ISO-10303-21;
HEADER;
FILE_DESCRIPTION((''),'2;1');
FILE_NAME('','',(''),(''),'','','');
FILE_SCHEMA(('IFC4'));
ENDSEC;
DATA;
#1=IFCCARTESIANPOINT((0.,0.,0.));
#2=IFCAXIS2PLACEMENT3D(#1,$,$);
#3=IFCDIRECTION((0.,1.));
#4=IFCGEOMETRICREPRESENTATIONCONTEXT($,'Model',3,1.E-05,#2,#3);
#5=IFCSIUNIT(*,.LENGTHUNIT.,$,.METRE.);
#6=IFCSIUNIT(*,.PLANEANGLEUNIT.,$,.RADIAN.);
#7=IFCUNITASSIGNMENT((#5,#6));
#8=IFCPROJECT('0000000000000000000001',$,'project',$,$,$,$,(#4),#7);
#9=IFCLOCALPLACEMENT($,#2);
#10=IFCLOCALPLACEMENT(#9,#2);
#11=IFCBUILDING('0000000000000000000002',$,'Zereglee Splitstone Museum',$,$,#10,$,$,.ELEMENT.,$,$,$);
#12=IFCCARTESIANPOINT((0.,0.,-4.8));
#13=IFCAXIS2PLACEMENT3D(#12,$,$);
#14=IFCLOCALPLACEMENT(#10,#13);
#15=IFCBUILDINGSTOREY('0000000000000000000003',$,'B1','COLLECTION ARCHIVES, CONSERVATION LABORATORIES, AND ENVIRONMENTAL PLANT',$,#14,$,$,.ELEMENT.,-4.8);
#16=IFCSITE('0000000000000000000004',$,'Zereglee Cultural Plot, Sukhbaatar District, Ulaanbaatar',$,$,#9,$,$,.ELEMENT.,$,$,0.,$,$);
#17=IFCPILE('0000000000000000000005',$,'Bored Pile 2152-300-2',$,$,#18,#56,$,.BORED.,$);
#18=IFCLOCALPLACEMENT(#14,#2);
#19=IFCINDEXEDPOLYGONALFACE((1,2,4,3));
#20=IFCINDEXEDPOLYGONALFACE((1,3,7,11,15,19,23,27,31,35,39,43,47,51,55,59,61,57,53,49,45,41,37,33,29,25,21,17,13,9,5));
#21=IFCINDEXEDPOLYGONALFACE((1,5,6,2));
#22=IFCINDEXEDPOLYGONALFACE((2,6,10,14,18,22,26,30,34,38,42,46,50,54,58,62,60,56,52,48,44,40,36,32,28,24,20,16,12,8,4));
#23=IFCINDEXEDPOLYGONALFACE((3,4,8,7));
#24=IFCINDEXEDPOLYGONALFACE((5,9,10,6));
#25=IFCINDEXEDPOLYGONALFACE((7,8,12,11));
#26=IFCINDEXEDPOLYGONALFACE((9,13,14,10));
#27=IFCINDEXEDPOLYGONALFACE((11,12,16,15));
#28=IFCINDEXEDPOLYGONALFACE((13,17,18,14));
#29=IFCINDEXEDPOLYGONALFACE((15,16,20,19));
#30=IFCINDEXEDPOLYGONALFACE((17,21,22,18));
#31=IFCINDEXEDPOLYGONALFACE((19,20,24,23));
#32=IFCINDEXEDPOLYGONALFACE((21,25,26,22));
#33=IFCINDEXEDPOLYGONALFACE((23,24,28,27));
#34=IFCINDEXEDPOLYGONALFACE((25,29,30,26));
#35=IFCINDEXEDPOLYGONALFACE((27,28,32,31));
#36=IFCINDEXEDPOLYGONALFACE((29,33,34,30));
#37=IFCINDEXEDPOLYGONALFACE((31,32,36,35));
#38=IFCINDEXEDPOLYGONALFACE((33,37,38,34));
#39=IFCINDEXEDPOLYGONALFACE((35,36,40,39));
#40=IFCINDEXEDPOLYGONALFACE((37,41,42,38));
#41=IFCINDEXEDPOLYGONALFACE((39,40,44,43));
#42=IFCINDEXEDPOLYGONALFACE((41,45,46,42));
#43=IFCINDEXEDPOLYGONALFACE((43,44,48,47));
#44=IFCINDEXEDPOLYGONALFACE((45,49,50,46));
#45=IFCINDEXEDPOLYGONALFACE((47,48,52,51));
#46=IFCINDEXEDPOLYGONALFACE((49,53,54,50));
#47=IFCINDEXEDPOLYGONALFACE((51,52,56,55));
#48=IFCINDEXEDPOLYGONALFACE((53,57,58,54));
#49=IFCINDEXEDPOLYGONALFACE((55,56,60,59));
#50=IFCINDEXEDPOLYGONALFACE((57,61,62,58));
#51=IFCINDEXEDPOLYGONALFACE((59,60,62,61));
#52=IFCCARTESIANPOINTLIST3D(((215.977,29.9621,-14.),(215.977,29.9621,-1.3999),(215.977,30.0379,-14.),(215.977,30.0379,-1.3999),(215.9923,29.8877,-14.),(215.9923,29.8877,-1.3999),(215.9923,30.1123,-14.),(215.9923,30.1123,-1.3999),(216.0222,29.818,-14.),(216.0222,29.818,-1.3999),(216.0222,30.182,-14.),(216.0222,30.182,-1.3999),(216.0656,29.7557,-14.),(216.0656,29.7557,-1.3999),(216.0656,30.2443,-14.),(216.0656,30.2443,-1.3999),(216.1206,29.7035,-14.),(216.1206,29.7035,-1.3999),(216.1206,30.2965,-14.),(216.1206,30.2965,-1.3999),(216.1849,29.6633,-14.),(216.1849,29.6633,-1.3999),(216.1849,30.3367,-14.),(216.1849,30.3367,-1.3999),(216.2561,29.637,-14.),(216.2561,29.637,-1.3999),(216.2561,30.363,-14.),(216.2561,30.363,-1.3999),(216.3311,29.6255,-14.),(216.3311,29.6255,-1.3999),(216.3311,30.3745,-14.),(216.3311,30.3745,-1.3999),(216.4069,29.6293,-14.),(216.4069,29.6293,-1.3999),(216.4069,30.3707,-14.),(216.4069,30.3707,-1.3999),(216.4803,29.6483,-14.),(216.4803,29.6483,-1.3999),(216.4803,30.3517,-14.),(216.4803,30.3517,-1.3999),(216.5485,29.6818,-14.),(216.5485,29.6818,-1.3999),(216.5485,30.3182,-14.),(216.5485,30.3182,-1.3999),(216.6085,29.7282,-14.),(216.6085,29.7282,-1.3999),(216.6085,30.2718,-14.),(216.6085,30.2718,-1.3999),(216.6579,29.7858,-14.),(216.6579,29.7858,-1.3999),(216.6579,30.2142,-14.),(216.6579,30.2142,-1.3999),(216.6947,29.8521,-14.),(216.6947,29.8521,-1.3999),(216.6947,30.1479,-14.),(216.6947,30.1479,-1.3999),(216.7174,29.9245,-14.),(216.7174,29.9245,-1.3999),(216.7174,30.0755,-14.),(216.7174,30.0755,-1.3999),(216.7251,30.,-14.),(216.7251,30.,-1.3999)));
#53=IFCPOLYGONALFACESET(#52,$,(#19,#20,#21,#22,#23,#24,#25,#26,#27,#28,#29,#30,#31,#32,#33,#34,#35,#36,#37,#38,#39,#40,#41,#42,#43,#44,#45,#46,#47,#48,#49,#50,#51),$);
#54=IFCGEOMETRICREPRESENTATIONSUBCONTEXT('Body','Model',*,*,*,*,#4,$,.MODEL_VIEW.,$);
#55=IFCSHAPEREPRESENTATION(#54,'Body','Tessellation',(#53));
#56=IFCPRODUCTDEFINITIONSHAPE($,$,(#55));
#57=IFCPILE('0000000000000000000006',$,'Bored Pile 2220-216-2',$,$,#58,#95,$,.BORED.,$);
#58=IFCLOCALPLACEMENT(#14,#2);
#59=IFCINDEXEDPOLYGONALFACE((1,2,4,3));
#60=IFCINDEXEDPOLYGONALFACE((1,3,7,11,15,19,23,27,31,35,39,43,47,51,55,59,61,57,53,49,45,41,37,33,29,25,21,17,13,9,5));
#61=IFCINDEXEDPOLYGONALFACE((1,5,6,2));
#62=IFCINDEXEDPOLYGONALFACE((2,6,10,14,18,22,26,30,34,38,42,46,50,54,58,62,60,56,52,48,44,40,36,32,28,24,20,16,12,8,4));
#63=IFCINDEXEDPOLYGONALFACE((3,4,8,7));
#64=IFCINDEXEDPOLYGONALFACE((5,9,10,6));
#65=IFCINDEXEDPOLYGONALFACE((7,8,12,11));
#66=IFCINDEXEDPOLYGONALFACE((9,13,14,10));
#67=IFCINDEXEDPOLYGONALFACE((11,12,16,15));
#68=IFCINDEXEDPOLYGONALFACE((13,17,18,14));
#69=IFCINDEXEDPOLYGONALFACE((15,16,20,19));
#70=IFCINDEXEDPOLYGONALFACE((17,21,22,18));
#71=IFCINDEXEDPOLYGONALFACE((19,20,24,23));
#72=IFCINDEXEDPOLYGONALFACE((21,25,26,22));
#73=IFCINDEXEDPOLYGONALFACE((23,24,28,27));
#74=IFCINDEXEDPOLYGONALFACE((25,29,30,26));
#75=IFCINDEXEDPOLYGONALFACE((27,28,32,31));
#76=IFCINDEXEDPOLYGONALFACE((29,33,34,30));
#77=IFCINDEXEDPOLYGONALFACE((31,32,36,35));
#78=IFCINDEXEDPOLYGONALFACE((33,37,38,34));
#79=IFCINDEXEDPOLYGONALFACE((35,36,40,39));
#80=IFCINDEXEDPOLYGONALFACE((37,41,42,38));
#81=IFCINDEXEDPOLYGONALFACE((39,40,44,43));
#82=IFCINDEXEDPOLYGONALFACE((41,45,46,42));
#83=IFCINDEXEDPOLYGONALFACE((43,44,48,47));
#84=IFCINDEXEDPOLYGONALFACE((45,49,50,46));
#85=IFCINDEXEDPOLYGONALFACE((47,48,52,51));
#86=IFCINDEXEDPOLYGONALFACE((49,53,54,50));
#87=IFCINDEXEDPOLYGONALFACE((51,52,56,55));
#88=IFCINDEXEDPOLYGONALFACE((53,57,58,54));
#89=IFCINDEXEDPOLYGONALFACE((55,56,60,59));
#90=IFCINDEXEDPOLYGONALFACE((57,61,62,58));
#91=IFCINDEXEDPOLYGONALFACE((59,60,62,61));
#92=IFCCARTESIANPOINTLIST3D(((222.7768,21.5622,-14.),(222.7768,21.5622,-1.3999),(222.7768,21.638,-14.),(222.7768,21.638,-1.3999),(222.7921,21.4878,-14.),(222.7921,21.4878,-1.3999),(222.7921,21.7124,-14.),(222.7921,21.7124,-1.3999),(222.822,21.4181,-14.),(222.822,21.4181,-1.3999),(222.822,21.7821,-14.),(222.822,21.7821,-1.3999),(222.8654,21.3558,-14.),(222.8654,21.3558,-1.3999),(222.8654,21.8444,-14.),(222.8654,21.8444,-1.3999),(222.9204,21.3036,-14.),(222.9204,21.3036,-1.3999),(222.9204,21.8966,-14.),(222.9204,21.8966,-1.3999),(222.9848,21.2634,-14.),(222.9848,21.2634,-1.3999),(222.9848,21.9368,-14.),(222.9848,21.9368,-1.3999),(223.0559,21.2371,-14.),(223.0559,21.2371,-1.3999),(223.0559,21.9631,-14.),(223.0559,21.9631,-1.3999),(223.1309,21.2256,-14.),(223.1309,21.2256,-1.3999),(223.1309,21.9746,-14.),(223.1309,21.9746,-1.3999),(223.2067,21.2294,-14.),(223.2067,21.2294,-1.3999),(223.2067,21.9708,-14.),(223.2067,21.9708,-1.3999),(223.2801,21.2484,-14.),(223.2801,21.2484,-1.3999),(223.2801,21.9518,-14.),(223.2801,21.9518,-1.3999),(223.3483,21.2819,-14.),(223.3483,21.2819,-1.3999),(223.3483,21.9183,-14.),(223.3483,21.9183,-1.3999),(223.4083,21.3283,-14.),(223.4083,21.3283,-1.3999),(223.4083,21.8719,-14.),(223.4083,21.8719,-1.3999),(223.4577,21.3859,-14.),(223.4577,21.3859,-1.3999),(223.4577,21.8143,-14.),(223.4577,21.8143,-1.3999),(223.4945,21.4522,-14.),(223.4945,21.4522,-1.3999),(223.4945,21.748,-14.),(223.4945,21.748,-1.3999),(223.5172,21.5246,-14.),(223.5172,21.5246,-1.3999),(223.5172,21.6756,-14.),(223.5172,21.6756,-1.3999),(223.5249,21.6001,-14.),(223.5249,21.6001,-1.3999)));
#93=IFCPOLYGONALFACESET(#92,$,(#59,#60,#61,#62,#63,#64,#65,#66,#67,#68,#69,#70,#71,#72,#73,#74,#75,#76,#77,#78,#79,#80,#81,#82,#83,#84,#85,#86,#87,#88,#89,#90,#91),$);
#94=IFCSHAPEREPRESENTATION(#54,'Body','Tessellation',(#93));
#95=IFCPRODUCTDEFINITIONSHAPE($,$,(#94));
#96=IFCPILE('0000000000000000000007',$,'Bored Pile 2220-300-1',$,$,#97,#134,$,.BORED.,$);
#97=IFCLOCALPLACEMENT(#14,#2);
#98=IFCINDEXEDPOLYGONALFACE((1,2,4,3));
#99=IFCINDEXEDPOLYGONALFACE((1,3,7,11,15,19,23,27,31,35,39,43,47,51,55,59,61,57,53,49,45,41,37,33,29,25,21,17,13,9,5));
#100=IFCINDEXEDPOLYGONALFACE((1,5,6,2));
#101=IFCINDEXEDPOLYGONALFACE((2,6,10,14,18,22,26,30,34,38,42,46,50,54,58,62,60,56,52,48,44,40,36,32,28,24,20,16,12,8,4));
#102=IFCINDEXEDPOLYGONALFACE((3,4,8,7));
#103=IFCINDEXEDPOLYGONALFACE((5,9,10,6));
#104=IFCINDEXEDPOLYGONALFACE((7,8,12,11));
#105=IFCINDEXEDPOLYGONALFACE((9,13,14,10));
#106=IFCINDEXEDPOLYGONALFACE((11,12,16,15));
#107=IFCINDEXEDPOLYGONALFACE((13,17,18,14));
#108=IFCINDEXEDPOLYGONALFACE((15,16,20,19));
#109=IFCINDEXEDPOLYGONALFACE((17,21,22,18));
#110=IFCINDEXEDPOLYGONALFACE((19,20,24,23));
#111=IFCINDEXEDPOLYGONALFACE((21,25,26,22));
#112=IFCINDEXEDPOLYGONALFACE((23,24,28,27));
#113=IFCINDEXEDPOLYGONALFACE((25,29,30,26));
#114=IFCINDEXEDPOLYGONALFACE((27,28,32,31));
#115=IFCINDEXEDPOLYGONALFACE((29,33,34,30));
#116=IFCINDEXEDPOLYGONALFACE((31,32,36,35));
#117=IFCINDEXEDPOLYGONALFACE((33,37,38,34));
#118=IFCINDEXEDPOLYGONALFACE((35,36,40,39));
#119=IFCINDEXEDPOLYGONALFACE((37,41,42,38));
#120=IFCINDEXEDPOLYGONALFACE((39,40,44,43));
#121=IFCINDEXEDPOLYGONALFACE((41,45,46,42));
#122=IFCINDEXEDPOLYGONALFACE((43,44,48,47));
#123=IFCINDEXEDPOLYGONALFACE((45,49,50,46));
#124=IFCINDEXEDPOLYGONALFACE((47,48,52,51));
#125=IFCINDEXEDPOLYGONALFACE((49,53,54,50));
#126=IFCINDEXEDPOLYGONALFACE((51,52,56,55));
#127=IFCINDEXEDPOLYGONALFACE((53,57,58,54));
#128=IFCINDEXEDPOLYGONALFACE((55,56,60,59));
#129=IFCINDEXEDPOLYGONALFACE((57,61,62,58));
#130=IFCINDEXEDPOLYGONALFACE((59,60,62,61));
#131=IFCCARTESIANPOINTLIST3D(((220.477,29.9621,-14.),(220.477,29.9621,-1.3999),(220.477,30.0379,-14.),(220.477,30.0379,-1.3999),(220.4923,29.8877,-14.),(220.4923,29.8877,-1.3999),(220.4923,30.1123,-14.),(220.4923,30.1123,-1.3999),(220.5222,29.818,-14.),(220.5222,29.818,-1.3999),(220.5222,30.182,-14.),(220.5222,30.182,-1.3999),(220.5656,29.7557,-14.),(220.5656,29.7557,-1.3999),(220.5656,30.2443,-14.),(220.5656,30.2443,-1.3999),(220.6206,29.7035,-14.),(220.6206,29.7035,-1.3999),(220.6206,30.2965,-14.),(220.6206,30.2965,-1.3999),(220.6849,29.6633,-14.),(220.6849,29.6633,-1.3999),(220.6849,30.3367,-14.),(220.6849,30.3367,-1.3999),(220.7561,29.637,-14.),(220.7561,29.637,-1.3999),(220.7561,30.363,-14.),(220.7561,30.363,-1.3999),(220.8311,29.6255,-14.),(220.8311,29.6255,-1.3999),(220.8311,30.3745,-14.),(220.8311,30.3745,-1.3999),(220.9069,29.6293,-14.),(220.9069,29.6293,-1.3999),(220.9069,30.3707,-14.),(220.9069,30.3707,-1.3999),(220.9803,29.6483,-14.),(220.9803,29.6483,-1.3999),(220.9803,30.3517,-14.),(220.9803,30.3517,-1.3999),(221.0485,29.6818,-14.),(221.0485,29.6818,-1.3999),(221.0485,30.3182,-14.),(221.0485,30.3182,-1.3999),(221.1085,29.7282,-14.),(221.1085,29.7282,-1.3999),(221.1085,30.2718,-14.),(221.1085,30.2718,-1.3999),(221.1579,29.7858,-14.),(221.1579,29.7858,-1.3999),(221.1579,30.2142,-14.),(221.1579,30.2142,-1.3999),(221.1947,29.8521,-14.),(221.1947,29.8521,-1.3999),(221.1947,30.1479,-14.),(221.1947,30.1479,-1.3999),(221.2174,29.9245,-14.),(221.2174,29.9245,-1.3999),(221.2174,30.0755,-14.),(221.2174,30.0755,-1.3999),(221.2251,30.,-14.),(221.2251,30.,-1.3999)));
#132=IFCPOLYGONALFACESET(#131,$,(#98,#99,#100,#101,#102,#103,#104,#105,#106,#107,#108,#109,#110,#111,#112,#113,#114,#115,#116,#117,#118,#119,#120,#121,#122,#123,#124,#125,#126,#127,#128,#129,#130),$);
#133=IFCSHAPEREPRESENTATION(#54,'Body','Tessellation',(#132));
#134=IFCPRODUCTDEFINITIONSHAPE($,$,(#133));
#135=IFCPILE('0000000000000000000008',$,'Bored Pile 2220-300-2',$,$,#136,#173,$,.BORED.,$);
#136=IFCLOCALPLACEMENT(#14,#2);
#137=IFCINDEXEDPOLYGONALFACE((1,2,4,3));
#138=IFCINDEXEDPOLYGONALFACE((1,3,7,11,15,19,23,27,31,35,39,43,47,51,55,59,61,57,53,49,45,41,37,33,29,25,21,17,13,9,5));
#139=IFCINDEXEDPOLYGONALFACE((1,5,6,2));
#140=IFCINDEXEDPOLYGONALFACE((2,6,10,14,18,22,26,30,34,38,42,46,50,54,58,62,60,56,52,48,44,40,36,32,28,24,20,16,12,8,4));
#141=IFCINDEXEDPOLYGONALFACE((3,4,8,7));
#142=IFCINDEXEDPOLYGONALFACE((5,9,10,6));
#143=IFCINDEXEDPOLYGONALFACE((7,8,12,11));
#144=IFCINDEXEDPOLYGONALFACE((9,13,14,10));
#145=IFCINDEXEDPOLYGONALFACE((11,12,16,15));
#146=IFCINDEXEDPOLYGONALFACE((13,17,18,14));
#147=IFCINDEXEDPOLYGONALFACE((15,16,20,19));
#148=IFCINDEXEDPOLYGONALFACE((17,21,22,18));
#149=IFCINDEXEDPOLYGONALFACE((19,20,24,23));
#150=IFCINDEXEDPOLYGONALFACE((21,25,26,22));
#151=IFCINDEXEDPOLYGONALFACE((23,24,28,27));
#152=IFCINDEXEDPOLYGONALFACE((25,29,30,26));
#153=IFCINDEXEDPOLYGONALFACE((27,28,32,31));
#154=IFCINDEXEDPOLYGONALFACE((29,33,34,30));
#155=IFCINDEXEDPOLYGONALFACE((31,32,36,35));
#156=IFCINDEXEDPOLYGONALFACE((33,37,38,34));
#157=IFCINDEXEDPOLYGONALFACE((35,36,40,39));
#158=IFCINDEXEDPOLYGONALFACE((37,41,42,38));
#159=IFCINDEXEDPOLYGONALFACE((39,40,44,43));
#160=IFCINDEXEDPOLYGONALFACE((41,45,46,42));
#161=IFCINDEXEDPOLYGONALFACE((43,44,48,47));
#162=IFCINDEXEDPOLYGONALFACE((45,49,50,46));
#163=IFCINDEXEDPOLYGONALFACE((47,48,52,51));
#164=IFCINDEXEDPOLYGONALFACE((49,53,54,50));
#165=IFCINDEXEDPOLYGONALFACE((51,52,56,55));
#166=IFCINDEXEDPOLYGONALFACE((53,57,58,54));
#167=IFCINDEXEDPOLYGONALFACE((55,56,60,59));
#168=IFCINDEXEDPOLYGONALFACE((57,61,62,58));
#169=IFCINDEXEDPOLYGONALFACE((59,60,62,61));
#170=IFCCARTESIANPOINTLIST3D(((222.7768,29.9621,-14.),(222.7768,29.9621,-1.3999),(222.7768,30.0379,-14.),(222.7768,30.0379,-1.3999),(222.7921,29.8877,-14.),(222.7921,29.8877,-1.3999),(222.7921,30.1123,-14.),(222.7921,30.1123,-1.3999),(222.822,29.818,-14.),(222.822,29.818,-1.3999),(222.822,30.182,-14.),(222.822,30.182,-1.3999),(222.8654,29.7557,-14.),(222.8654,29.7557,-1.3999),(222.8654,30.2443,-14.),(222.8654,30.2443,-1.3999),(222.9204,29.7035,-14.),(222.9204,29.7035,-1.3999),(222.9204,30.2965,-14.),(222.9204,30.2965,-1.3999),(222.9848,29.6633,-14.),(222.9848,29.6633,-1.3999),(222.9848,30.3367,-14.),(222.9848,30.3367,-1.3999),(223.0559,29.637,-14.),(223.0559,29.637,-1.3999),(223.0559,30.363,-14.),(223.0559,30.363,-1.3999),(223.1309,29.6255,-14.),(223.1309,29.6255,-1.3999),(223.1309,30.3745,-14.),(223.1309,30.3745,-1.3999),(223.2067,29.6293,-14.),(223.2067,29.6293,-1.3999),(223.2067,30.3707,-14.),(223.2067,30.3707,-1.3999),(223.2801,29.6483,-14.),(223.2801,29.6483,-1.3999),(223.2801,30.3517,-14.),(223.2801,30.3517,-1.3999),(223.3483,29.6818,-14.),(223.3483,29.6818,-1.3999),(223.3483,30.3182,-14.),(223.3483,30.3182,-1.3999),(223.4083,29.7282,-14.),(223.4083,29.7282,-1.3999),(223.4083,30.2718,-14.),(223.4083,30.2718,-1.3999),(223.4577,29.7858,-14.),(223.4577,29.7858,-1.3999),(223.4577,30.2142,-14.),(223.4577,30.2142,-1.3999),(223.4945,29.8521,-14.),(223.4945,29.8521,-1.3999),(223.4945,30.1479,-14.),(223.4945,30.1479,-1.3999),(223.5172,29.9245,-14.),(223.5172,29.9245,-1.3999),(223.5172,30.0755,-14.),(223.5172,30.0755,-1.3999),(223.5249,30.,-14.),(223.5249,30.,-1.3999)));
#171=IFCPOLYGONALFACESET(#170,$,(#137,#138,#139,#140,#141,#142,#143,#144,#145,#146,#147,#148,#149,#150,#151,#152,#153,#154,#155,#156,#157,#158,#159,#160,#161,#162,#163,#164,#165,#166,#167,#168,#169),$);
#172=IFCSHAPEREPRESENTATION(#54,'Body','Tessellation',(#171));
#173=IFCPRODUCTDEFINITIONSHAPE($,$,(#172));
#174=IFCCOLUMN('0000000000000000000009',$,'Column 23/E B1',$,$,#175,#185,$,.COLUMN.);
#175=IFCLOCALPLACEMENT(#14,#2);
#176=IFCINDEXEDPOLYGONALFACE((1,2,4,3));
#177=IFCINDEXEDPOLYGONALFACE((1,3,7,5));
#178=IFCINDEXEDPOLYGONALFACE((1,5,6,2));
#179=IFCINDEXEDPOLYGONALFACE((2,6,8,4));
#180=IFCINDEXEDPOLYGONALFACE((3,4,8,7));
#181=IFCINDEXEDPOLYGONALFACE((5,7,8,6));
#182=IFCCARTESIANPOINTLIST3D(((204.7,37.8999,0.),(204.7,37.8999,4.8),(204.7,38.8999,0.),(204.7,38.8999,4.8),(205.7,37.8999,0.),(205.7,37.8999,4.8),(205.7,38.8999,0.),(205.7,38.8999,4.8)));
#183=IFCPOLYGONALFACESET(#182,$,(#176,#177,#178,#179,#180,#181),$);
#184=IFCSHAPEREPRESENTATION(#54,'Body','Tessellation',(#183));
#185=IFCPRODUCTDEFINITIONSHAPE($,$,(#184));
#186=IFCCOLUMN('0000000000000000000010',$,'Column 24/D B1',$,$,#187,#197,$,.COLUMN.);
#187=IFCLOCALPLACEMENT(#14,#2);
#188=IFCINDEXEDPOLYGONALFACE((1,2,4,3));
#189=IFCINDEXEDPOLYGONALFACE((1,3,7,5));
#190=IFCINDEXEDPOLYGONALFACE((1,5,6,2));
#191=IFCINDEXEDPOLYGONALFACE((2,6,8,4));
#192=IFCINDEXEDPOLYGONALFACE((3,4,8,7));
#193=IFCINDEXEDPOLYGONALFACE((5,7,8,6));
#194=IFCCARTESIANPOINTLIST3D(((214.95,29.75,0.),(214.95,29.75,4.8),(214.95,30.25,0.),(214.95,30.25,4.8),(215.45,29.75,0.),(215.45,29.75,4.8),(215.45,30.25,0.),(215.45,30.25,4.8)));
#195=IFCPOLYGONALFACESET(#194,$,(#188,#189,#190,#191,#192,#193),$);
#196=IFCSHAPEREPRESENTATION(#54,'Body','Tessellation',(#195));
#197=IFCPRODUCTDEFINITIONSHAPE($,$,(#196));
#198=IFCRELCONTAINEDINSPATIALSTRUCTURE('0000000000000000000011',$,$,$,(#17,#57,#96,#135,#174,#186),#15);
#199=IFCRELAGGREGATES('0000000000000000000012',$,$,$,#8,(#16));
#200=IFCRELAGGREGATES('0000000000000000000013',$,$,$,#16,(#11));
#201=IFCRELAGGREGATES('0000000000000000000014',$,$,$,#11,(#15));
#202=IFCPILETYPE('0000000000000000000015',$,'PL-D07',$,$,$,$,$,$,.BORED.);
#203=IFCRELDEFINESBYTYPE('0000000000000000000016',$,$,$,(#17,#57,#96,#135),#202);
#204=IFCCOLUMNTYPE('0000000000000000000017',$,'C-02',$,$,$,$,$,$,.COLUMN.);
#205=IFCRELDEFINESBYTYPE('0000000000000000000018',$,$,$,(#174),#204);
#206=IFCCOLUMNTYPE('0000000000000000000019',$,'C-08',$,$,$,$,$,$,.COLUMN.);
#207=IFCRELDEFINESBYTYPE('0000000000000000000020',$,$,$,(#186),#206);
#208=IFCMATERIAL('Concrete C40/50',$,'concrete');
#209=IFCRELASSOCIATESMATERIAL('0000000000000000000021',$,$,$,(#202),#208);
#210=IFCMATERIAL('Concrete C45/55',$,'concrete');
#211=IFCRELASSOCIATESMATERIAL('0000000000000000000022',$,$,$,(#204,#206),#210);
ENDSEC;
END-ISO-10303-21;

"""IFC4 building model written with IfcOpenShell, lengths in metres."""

from ifc_helpers import new_model, si_unit, direction, frame, origin, origin_2d, place, context, subcontext, project, spatial, rectangle, circle, extrude, material, material_profile, profile_set, type_object, element, save


model = new_model("IFC4")

# Units and contexts
model_context = context("Model", 3, precision=1e-05, world=origin(), true_north=direction((0.0, 1.0)))
body_context = subcontext(model_context, "Body", "Model", "MODEL_VIEW")
ifc_project = project(units=[si_unit("LENGTHUNIT", "METRE"), si_unit("PLANEANGLEUNIT", "RADIAN")], contexts=[model_context])

# Site, building, storey
site_placement = place(None, origin())
site = spatial("IfcSite", under=ifc_project, at=site_placement, Name="Zereglee Cultural Plot, Sukhbaatar District, Ulaanbaatar", CompositionType="ELEMENT", RefElevation=0.0)
building_placement = place(site_placement, origin())
building = spatial("IfcBuilding", under=site, at=building_placement, Name="Zereglee Splitstone Museum", CompositionType="ELEMENT")
storey_placement = place(building_placement, frame((0.0, 0.0, -4.8)))
storey = spatial("IfcBuildingStorey", under=building, at=storey_placement, Name="B1", Description="COLLECTION ARCHIVES, CONSERVATION LABORATORIES, AND ENVIRONMENTAL PLANT", CompositionType="ELEMENT", Elevation=-4.8)

# Shared definitions
ifc_material_1 = material(Name="Concrete C40/50", Category="concrete")

# Piles
ifc_material_profile_1 = material_profile(ifc_material_1, circle(Radius=0.375, at=origin_2d()), Name="PILE D750")
ifc_profile_set_1 = profile_set([ifc_material_profile_1], Name="Concrete C40/50")
pile_type = type_object("IfcPileType", Name="PL-D07", PredefinedType="BORED", material=ifc_profile_set_1)
for number, where, z_axis, x_axis, name in (
    (1, (216.3501, 30.0, -1.3999), (0.0, 0.0, -1.0), (1.0, 0.0, 0.0), "Bored Pile 2152-300-2"),
    (2, (223.1499, 21.6001, -1.3999), (0.0, 0.0, -1.0), (1.0, 0.0, 0.0), "Bored Pile 2220-216-2"),
    (3, (220.8501, 30.0, -1.3999), (0.0, 0.0, -1.0), (1.0, 0.0, 0.0), "Bored Pile 2220-300-1"),
    (4, (223.1499, 30.0, -1.3999), (0.0, 0.0, -1.0), (1.0, 0.0, 0.0), "Bored Pile 2220-300-2"),
):
    element("IfcPile", number, at=place(storey_placement, frame(where, z_axis=z_axis, x_axis=x_axis)), inside=storey, type_object=pile_type, Name=name, PredefinedType="BORED", context=body_context, shape_type="SweptSolid", body=[
        extrude(circle(Radius=0.375, at=origin_2d()), origin(), (0.0, 0.0, 1.0), 12.6001),
    ])

# Columns
ifc_material_2 = material(Name="Concrete C45/55", Category="concrete")
ifc_material_profile_2 = material_profile(ifc_material_2, rectangle(XDim=1.0, YDim=1.0, at=origin_2d()), Name="RC 1000x1000")
ifc_profile_set_2 = profile_set([ifc_material_profile_2], Name="Concrete C45/55")
column_type_1 = type_object("IfcColumnType", Name="C-02", PredefinedType="COLUMN", material=ifc_profile_set_2)
column_1_placement = place(storey_placement, frame((205.2, 38.3999, 0.0), z_axis=(0.0, 0.0, 1.0), x_axis=(1.0, 0.0, 0.0)))
element("IfcColumn", 5, at=column_1_placement, inside=storey, type_object=column_type_1, Name="Column 23/E B1", PredefinedType="COLUMN", context=body_context, shape_type="SweptSolid", body=[
    extrude(rectangle(XDim=1.0, YDim=1.0, at=origin_2d()), origin(), (0.0, 0.0, 1.0), 4.8),
])
ifc_material_profile_3 = material_profile(ifc_material_2, rectangle(XDim=0.5, YDim=0.5, at=origin_2d()), Name="RC 500x500")
ifc_profile_set_3 = profile_set([ifc_material_profile_3], Name="Concrete C45/55")
column_type_2 = type_object("IfcColumnType", Name="C-08", PredefinedType="COLUMN", material=ifc_profile_set_3)
column_2_placement = place(storey_placement, frame((215.2, 30.0, 0.0), z_axis=(0.0, 0.0, 1.0), x_axis=(1.0, 0.0, 0.0)))
element("IfcColumn", 6, at=column_2_placement, inside=storey, type_object=column_type_2, Name="Column 24/D B1", PredefinedType="COLUMN", context=body_context, shape_type="SweptSolid", body=[
    extrude(rectangle(XDim=0.5, YDim=0.5, at=origin_2d()), origin(), (0.0, 0.0, 1.0), 4.8),
])

save(model, "model.ifc")
